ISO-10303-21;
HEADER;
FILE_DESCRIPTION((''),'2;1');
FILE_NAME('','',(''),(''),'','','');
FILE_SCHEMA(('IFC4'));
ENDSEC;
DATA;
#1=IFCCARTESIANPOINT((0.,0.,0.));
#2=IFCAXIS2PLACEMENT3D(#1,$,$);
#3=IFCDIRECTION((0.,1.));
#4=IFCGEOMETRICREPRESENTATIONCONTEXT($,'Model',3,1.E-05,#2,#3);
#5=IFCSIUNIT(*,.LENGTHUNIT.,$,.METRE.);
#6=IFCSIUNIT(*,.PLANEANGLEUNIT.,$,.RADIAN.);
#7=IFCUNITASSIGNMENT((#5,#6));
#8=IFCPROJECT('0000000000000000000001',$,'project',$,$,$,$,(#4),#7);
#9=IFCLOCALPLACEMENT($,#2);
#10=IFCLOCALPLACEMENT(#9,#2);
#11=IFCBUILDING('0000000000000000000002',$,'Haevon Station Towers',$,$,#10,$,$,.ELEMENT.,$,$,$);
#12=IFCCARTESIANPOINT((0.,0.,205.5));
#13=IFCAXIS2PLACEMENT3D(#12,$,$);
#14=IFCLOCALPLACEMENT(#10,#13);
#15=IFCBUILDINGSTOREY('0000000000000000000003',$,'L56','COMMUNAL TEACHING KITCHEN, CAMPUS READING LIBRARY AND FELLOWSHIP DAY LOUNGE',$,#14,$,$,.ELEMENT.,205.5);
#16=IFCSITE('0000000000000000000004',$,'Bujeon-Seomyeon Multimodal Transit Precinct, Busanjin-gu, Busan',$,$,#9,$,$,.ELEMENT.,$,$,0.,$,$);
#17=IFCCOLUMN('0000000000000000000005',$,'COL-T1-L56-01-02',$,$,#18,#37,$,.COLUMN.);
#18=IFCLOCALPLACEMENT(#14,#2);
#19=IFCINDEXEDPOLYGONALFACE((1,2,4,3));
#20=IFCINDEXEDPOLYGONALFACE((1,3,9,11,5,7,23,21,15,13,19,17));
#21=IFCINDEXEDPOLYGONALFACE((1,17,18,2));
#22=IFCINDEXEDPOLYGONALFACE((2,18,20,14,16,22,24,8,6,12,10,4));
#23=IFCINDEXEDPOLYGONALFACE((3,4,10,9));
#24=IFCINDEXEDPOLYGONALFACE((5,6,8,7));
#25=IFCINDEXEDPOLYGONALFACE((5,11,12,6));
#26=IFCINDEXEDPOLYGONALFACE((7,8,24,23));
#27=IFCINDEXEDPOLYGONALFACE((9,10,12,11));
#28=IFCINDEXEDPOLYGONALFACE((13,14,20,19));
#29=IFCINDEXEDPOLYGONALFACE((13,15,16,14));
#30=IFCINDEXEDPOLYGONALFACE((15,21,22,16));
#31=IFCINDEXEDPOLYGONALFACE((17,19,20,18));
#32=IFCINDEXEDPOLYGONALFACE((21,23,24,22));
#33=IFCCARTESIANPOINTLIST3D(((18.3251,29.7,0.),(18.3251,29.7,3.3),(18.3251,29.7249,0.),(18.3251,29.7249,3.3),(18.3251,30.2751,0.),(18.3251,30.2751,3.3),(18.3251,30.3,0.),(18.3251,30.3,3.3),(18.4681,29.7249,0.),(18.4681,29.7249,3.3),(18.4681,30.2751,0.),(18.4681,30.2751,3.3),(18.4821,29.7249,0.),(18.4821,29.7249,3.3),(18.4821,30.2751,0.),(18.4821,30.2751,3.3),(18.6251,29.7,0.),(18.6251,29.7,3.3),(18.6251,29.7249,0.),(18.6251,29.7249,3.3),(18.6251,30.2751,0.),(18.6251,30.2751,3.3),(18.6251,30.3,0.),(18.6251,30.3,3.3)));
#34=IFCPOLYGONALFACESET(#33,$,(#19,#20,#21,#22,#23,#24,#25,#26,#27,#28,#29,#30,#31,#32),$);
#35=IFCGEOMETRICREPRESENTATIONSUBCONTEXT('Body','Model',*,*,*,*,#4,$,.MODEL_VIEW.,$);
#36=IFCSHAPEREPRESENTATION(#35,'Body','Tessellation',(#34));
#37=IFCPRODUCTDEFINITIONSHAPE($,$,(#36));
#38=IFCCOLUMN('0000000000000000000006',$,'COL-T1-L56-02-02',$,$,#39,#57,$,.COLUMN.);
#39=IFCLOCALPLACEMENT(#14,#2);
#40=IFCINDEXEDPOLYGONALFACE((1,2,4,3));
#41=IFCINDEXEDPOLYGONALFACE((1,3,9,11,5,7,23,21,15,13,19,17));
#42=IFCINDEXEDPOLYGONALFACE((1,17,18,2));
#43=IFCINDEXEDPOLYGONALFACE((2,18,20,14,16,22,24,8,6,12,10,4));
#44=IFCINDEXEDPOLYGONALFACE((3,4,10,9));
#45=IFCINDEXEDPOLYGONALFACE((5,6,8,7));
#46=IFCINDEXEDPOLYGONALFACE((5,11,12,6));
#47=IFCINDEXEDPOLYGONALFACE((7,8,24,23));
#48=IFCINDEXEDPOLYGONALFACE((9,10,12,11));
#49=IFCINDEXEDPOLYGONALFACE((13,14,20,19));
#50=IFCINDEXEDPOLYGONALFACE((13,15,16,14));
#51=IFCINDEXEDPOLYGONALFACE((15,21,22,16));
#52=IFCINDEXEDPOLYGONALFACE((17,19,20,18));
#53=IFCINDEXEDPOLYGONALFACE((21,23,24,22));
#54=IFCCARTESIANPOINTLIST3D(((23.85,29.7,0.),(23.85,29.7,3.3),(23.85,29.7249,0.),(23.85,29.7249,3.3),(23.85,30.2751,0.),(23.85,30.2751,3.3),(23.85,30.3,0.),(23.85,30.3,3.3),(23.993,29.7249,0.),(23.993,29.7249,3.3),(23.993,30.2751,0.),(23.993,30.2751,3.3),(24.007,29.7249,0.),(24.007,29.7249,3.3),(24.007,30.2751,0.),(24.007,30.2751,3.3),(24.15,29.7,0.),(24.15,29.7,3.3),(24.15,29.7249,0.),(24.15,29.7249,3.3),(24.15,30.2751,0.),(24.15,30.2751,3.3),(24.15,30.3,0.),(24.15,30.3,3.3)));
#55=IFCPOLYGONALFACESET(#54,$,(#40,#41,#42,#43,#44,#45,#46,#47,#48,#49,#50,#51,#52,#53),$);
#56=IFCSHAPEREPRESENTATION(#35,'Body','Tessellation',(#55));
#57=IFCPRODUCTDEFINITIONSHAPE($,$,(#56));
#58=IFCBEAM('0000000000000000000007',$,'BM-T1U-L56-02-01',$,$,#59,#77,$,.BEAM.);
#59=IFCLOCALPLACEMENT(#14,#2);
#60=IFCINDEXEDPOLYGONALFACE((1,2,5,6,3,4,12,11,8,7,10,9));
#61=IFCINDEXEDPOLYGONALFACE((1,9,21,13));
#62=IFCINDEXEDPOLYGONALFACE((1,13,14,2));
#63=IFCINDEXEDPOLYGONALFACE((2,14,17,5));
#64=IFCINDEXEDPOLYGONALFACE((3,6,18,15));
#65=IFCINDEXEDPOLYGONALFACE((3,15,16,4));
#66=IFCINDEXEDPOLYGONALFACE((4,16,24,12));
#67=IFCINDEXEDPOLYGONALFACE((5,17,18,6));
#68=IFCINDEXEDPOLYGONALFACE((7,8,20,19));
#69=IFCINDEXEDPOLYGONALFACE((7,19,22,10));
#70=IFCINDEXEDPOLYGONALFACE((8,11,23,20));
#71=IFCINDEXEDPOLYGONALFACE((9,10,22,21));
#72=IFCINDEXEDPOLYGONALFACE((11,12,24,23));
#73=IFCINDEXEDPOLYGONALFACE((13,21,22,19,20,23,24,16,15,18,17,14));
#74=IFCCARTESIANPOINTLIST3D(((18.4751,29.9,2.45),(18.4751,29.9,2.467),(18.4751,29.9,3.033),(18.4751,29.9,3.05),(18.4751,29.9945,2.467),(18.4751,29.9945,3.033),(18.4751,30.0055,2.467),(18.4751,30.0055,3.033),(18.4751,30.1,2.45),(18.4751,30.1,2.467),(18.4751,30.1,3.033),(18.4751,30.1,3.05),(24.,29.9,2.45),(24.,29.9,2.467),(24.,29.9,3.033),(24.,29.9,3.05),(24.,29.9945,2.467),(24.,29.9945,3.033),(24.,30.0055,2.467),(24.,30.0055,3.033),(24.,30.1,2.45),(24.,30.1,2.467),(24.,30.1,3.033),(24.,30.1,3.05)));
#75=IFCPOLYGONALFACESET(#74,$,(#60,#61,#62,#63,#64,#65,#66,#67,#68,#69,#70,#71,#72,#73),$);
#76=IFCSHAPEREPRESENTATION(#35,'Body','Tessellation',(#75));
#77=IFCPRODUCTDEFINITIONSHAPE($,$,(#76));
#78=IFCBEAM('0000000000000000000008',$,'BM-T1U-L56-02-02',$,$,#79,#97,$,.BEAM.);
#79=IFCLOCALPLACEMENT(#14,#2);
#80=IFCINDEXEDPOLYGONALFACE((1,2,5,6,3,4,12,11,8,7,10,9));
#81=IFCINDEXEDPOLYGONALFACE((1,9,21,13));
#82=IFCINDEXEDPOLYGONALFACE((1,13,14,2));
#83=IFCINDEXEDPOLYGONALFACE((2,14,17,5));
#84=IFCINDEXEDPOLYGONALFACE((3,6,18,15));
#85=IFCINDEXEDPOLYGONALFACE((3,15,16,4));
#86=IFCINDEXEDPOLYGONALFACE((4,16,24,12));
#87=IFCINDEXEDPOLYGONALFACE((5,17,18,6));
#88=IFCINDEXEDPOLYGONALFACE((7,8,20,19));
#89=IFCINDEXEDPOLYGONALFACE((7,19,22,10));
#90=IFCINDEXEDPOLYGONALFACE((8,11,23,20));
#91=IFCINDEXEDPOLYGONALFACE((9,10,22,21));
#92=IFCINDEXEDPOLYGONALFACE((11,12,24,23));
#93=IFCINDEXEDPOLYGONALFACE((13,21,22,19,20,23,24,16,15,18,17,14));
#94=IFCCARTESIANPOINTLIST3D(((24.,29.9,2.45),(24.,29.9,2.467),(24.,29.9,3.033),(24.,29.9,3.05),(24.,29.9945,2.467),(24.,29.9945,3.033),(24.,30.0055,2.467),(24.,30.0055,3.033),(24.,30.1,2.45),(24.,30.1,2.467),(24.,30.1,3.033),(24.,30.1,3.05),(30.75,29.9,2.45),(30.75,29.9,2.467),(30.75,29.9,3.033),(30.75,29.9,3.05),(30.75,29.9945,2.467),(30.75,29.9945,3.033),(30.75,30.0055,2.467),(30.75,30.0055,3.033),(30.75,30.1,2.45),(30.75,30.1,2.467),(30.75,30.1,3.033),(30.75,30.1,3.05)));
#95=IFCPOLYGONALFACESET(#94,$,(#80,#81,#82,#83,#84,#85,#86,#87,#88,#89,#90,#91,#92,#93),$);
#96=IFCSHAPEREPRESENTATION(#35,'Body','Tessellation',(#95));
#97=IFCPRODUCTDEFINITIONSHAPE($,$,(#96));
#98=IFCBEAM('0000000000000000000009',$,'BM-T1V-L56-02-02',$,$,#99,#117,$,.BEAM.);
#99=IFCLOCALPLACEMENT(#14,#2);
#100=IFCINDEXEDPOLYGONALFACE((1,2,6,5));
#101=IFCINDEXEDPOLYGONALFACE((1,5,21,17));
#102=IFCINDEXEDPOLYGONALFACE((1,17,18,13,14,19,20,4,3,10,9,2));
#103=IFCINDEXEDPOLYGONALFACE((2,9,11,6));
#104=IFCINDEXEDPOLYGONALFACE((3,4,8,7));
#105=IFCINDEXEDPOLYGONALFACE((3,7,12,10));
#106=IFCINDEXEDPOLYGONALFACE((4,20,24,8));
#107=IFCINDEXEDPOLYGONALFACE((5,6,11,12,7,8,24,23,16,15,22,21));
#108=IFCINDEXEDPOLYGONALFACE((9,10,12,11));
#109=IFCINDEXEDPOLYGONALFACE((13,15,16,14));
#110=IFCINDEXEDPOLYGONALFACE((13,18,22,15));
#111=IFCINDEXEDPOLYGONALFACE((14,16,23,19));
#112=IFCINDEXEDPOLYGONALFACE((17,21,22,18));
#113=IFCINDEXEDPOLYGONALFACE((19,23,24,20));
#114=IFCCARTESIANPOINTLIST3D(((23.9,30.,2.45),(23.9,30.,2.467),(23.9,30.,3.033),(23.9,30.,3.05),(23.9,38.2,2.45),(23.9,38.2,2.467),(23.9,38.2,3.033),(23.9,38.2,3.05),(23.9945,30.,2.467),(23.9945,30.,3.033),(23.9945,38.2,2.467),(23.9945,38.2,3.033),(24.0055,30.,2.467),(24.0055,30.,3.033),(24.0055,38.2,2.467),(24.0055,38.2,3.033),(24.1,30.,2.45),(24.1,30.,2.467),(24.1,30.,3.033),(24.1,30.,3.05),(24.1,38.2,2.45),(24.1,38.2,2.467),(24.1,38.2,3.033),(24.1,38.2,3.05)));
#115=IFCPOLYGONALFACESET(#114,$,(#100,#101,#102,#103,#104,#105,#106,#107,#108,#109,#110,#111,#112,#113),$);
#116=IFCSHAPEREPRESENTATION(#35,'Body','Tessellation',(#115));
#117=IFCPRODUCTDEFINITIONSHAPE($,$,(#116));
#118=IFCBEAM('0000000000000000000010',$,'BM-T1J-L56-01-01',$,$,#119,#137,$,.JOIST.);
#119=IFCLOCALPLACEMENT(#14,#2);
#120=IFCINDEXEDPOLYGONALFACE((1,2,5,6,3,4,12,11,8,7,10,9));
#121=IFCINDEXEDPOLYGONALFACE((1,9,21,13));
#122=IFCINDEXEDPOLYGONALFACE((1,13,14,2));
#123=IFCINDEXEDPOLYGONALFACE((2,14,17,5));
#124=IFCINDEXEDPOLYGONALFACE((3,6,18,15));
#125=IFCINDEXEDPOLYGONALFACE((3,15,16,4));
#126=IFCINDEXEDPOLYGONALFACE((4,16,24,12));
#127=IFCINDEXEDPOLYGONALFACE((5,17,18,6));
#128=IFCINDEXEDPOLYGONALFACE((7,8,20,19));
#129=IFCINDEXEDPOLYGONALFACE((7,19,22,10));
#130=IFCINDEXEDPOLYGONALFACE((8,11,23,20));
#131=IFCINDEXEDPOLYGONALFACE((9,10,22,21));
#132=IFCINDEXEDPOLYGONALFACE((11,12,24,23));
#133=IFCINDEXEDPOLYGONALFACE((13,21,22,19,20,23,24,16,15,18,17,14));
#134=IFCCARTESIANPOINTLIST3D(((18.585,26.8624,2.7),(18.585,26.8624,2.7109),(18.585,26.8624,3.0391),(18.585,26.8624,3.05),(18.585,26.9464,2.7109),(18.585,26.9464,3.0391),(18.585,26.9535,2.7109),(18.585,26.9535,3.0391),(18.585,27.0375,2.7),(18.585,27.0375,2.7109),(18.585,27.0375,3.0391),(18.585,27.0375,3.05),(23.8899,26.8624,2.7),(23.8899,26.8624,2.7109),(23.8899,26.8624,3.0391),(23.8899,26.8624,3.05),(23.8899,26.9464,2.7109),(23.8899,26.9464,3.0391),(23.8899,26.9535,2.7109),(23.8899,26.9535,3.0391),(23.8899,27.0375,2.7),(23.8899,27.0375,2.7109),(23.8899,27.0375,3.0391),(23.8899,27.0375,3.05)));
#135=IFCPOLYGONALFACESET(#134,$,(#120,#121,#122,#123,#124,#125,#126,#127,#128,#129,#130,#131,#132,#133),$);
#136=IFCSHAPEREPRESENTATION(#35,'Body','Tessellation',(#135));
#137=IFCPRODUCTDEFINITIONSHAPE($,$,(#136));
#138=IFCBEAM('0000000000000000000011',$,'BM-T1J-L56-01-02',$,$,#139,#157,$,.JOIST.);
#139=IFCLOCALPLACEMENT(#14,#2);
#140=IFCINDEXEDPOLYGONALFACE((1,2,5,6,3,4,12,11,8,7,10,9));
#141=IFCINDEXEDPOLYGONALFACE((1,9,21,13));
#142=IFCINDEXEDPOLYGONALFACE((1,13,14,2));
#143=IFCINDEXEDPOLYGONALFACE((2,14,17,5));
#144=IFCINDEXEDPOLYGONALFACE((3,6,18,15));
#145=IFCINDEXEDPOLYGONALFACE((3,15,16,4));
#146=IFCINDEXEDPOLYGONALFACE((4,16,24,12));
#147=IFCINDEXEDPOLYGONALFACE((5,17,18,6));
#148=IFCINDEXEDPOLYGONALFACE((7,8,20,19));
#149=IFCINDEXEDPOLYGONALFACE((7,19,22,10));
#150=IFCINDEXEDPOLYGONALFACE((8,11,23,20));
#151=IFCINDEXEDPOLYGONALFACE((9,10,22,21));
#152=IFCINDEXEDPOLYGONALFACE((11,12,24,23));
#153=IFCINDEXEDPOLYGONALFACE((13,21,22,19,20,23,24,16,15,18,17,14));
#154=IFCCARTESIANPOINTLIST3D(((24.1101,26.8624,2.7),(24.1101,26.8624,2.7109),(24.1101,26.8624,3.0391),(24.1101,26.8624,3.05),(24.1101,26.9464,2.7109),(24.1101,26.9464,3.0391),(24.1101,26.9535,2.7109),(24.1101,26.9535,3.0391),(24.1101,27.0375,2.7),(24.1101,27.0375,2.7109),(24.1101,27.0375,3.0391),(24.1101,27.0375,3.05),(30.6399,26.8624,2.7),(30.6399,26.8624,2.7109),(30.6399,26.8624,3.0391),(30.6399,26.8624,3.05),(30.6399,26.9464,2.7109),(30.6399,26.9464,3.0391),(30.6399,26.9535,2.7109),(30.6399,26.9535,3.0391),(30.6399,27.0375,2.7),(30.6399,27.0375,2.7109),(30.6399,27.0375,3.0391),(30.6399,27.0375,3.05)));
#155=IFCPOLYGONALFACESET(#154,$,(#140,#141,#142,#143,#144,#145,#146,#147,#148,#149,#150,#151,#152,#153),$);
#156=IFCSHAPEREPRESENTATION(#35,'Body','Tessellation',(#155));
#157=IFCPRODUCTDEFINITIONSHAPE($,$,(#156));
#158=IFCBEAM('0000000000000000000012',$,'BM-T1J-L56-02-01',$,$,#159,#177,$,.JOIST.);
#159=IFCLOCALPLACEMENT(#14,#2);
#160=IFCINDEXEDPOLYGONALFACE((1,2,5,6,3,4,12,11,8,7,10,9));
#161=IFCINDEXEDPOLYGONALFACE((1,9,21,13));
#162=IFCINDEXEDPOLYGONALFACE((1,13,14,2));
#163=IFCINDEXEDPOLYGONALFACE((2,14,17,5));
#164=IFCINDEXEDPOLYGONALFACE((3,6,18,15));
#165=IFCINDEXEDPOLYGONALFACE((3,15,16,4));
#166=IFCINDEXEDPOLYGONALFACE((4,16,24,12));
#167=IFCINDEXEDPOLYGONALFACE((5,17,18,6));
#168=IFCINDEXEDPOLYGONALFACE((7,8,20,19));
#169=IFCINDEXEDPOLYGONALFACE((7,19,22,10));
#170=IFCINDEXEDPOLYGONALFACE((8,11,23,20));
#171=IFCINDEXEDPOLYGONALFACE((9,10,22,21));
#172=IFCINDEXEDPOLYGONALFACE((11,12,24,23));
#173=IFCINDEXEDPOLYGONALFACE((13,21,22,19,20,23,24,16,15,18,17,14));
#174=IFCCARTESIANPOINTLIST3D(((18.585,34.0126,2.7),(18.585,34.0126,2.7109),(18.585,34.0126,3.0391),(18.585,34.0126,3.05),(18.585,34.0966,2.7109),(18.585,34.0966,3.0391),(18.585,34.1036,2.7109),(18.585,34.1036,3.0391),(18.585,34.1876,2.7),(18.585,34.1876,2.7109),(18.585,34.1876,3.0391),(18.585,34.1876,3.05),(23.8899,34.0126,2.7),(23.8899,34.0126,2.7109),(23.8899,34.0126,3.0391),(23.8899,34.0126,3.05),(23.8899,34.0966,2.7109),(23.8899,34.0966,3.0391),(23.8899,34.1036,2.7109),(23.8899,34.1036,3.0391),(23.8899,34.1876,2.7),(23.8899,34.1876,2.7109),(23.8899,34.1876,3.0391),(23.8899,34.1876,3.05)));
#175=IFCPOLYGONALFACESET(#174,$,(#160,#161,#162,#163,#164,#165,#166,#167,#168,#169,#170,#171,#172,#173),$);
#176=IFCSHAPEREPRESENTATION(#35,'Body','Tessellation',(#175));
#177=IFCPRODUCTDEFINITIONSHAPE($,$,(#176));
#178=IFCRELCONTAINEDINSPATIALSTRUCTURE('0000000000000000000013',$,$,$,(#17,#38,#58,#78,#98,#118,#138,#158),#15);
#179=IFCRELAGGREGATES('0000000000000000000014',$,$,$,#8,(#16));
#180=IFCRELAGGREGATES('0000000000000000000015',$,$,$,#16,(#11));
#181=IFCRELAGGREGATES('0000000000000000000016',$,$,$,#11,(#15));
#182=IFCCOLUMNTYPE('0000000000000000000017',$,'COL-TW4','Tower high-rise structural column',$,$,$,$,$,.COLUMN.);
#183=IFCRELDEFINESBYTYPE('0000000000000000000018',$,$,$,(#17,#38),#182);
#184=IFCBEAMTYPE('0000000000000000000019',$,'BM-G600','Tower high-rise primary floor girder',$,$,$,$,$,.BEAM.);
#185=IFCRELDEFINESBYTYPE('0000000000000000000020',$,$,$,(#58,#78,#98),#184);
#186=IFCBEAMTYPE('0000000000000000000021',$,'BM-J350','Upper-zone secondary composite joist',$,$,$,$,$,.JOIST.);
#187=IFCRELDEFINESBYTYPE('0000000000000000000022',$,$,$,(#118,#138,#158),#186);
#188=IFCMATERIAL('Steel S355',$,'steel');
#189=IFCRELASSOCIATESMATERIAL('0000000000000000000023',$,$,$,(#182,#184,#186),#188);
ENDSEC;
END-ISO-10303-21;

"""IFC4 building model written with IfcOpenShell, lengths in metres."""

from ifc_helpers import new_model, si_unit, direction, frame, origin, origin_2d, place, context, subcontext, project, spatial, i_section, extrude, material, material_profile, profile_set, type_object, element, save


model = new_model("IFC4")

# Units and contexts
model_context = context("Model", 3, precision=1e-05, world=origin(), true_north=direction((0.0, 1.0)))
body_context = subcontext(model_context, "Body", "Model", "MODEL_VIEW")
ifc_project = project(units=[si_unit("LENGTHUNIT", "METRE"), si_unit("PLANEANGLEUNIT", "RADIAN")], contexts=[model_context])

# Site, building, storey
site_placement = place(None, origin())
site = spatial("IfcSite", under=ifc_project, at=site_placement, Name="Bujeon-Seomyeon Multimodal Transit Precinct, Busanjin-gu, Busan", CompositionType="ELEMENT", RefElevation=0.0)
building_placement = place(site_placement, origin())
building = spatial("IfcBuilding", under=site, at=building_placement, Name="Haevon Station Towers", CompositionType="ELEMENT")
storey_placement = place(building_placement, frame((0.0, 0.0, 205.5)))
storey = spatial("IfcBuildingStorey", under=building, at=storey_placement, Name="L56", Description="COMMUNAL TEACHING KITCHEN, CAMPUS READING LIBRARY AND FELLOWSHIP DAY LOUNGE", CompositionType="ELEMENT", Elevation=205.5)

# Columns
ifc_material_1 = material(Name="Steel S355", Category="steel")
ifc_material_profile_1 = material_profile(ifc_material_1, i_section(OverallWidth=0.3, OverallDepth=0.6001, WebThickness=0.0139, FlangeThickness=0.0249, at=origin_2d()), Name="H-600x300x14x25")
ifc_profile_set_1 = profile_set([ifc_material_profile_1], Name="Steel S355")
column_type = type_object("IfcColumnType", Name="COL-TW4", Description="Tower high-rise structural column", PredefinedType="COLUMN", material=ifc_profile_set_1)
for number, where, z_axis, x_axis, name in (
    (1, (18.4751, 30.0, 0.0), (0.0, 0.0, 1.0), (1.0, 0.0, 0.0), "COL-T1-L56-01-02"),
    (2, (24.0, 30.0, 0.0), (0.0, 0.0, 1.0), (1.0, 0.0, 0.0), "COL-T1-L56-02-02"),
):
    element("IfcColumn", number, at=place(storey_placement, frame(where, z_axis=z_axis, x_axis=x_axis)), inside=storey, type_object=column_type, Name=name, PredefinedType="COLUMN", context=body_context, shape_type="SweptSolid", body=[
        extrude(i_section(OverallWidth=0.3, OverallDepth=0.6001, WebThickness=0.0139, FlangeThickness=0.0249, at=origin_2d()), origin(), (0.0, 0.0, 1.0), 3.3),
    ])

# Beams
ifc_material_profile_2 = material_profile(ifc_material_1, i_section(OverallWidth=0.2, OverallDepth=0.6001, WebThickness=0.011, FlangeThickness=0.0171, at=origin_2d()), Name="H-600x200x11x17")
ifc_profile_set_2 = profile_set([ifc_material_profile_2], Name="Steel S355")
beam_type_1 = type_object("IfcBeamType", Name="BM-G600", Description="Tower high-rise primary floor girder", PredefinedType="BEAM", material=ifc_profile_set_2)
beam_1_placement = place(storey_placement, frame((18.4751, 30.0, 2.75), z_axis=(1.0, 0.0, 0.0), x_axis=(0.0, 1.0, 0.0)))
element("IfcBeam", 3, at=beam_1_placement, inside=storey, type_object=beam_type_1, Name="BM-T1U-L56-02-01", PredefinedType="BEAM", context=body_context, shape_type="SweptSolid", body=[
    extrude(i_section(OverallWidth=0.2, OverallDepth=0.6001, WebThickness=0.011, FlangeThickness=0.0171, at=origin_2d()), origin(), (0.0, 0.0, 1.0), 5.5249),
])
beam_2_placement = place(storey_placement, frame((24.0, 30.0, 2.75), z_axis=(1.0, 0.0, 0.0), x_axis=(0.0, 1.0, 0.0)))
element("IfcBeam", 4, at=beam_2_placement, inside=storey, type_object=beam_type_1, Name="BM-T1U-L56-02-02", PredefinedType="BEAM", context=body_context, shape_type="SweptSolid", body=[
    extrude(i_section(OverallWidth=0.2, OverallDepth=0.6001, WebThickness=0.011, FlangeThickness=0.0171, at=origin_2d()), origin(), (0.0, 0.0, 1.0), 6.75),
])
beam_3_placement = place(storey_placement, frame((24.0, 30.0, 2.75), z_axis=(0.0, 1.0, 0.0), x_axis=(-1.0, 0.0, 0.0)))
element("IfcBeam", 5, at=beam_3_placement, inside=storey, type_object=beam_type_1, Name="BM-T1V-L56-02-02", PredefinedType="BEAM", context=body_context, shape_type="SweptSolid", body=[
    extrude(i_section(OverallWidth=0.2, OverallDepth=0.6001, WebThickness=0.011, FlangeThickness=0.0171, at=origin_2d()), origin(), (0.0, 0.0, 1.0), 8.2),
])
ifc_material_profile_3 = material_profile(ifc_material_1, i_section(OverallWidth=0.175, OverallDepth=0.3501, WebThickness=0.0071, FlangeThickness=0.011, at=origin_2d()), Name="H-350x175x7x11")
ifc_profile_set_3 = profile_set([ifc_material_profile_3], Name="Steel S355")
beam_type_2 = type_object("IfcBeamType", Name="BM-J350", Description="Upper-zone secondary composite joist", PredefinedType="JOIST", material=ifc_profile_set_3)
beam_4_placement = place(storey_placement, frame((18.585, 26.95, 2.875), z_axis=(1.0, 0.0, 0.0), x_axis=(0.0, 1.0, 0.0)))
element("IfcBeam", 6, at=beam_4_placement, inside=storey, type_object=beam_type_2, Name="BM-T1J-L56-01-01", PredefinedType="JOIST", context=body_context, shape_type="SweptSolid", body=[
    extrude(i_section(OverallWidth=0.175, OverallDepth=0.3501, WebThickness=0.0071, FlangeThickness=0.011, at=origin_2d()), origin(), (0.0, 0.0, 1.0), 5.3049),
])
beam_5_placement = place(storey_placement, frame((24.1101, 26.95, 2.875), z_axis=(1.0, 0.0, 0.0), x_axis=(0.0, 1.0, 0.0)))
element("IfcBeam", 7, at=beam_5_placement, inside=storey, type_object=beam_type_2, Name="BM-T1J-L56-01-02", PredefinedType="JOIST", context=body_context, shape_type="SweptSolid", body=[
    extrude(i_section(OverallWidth=0.175, OverallDepth=0.3501, WebThickness=0.0071, FlangeThickness=0.011, at=origin_2d()), origin(), (0.0, 0.0, 1.0), 6.5298),
])
beam_6_placement = place(storey_placement, frame((18.585, 34.1001, 2.875), z_axis=(1.0, 0.0, 0.0), x_axis=(0.0, 1.0, 0.0)))
element("IfcBeam", 8, at=beam_6_placement, inside=storey, type_object=beam_type_2, Name="BM-T1J-L56-02-01", PredefinedType="JOIST", context=body_context, shape_type="SweptSolid", body=[
    extrude(i_section(OverallWidth=0.175, OverallDepth=0.3501, WebThickness=0.0071, FlangeThickness=0.011, at=origin_2d()), origin(), (0.0, 0.0, 1.0), 5.3049),
])

save(model, "model.ifc")
